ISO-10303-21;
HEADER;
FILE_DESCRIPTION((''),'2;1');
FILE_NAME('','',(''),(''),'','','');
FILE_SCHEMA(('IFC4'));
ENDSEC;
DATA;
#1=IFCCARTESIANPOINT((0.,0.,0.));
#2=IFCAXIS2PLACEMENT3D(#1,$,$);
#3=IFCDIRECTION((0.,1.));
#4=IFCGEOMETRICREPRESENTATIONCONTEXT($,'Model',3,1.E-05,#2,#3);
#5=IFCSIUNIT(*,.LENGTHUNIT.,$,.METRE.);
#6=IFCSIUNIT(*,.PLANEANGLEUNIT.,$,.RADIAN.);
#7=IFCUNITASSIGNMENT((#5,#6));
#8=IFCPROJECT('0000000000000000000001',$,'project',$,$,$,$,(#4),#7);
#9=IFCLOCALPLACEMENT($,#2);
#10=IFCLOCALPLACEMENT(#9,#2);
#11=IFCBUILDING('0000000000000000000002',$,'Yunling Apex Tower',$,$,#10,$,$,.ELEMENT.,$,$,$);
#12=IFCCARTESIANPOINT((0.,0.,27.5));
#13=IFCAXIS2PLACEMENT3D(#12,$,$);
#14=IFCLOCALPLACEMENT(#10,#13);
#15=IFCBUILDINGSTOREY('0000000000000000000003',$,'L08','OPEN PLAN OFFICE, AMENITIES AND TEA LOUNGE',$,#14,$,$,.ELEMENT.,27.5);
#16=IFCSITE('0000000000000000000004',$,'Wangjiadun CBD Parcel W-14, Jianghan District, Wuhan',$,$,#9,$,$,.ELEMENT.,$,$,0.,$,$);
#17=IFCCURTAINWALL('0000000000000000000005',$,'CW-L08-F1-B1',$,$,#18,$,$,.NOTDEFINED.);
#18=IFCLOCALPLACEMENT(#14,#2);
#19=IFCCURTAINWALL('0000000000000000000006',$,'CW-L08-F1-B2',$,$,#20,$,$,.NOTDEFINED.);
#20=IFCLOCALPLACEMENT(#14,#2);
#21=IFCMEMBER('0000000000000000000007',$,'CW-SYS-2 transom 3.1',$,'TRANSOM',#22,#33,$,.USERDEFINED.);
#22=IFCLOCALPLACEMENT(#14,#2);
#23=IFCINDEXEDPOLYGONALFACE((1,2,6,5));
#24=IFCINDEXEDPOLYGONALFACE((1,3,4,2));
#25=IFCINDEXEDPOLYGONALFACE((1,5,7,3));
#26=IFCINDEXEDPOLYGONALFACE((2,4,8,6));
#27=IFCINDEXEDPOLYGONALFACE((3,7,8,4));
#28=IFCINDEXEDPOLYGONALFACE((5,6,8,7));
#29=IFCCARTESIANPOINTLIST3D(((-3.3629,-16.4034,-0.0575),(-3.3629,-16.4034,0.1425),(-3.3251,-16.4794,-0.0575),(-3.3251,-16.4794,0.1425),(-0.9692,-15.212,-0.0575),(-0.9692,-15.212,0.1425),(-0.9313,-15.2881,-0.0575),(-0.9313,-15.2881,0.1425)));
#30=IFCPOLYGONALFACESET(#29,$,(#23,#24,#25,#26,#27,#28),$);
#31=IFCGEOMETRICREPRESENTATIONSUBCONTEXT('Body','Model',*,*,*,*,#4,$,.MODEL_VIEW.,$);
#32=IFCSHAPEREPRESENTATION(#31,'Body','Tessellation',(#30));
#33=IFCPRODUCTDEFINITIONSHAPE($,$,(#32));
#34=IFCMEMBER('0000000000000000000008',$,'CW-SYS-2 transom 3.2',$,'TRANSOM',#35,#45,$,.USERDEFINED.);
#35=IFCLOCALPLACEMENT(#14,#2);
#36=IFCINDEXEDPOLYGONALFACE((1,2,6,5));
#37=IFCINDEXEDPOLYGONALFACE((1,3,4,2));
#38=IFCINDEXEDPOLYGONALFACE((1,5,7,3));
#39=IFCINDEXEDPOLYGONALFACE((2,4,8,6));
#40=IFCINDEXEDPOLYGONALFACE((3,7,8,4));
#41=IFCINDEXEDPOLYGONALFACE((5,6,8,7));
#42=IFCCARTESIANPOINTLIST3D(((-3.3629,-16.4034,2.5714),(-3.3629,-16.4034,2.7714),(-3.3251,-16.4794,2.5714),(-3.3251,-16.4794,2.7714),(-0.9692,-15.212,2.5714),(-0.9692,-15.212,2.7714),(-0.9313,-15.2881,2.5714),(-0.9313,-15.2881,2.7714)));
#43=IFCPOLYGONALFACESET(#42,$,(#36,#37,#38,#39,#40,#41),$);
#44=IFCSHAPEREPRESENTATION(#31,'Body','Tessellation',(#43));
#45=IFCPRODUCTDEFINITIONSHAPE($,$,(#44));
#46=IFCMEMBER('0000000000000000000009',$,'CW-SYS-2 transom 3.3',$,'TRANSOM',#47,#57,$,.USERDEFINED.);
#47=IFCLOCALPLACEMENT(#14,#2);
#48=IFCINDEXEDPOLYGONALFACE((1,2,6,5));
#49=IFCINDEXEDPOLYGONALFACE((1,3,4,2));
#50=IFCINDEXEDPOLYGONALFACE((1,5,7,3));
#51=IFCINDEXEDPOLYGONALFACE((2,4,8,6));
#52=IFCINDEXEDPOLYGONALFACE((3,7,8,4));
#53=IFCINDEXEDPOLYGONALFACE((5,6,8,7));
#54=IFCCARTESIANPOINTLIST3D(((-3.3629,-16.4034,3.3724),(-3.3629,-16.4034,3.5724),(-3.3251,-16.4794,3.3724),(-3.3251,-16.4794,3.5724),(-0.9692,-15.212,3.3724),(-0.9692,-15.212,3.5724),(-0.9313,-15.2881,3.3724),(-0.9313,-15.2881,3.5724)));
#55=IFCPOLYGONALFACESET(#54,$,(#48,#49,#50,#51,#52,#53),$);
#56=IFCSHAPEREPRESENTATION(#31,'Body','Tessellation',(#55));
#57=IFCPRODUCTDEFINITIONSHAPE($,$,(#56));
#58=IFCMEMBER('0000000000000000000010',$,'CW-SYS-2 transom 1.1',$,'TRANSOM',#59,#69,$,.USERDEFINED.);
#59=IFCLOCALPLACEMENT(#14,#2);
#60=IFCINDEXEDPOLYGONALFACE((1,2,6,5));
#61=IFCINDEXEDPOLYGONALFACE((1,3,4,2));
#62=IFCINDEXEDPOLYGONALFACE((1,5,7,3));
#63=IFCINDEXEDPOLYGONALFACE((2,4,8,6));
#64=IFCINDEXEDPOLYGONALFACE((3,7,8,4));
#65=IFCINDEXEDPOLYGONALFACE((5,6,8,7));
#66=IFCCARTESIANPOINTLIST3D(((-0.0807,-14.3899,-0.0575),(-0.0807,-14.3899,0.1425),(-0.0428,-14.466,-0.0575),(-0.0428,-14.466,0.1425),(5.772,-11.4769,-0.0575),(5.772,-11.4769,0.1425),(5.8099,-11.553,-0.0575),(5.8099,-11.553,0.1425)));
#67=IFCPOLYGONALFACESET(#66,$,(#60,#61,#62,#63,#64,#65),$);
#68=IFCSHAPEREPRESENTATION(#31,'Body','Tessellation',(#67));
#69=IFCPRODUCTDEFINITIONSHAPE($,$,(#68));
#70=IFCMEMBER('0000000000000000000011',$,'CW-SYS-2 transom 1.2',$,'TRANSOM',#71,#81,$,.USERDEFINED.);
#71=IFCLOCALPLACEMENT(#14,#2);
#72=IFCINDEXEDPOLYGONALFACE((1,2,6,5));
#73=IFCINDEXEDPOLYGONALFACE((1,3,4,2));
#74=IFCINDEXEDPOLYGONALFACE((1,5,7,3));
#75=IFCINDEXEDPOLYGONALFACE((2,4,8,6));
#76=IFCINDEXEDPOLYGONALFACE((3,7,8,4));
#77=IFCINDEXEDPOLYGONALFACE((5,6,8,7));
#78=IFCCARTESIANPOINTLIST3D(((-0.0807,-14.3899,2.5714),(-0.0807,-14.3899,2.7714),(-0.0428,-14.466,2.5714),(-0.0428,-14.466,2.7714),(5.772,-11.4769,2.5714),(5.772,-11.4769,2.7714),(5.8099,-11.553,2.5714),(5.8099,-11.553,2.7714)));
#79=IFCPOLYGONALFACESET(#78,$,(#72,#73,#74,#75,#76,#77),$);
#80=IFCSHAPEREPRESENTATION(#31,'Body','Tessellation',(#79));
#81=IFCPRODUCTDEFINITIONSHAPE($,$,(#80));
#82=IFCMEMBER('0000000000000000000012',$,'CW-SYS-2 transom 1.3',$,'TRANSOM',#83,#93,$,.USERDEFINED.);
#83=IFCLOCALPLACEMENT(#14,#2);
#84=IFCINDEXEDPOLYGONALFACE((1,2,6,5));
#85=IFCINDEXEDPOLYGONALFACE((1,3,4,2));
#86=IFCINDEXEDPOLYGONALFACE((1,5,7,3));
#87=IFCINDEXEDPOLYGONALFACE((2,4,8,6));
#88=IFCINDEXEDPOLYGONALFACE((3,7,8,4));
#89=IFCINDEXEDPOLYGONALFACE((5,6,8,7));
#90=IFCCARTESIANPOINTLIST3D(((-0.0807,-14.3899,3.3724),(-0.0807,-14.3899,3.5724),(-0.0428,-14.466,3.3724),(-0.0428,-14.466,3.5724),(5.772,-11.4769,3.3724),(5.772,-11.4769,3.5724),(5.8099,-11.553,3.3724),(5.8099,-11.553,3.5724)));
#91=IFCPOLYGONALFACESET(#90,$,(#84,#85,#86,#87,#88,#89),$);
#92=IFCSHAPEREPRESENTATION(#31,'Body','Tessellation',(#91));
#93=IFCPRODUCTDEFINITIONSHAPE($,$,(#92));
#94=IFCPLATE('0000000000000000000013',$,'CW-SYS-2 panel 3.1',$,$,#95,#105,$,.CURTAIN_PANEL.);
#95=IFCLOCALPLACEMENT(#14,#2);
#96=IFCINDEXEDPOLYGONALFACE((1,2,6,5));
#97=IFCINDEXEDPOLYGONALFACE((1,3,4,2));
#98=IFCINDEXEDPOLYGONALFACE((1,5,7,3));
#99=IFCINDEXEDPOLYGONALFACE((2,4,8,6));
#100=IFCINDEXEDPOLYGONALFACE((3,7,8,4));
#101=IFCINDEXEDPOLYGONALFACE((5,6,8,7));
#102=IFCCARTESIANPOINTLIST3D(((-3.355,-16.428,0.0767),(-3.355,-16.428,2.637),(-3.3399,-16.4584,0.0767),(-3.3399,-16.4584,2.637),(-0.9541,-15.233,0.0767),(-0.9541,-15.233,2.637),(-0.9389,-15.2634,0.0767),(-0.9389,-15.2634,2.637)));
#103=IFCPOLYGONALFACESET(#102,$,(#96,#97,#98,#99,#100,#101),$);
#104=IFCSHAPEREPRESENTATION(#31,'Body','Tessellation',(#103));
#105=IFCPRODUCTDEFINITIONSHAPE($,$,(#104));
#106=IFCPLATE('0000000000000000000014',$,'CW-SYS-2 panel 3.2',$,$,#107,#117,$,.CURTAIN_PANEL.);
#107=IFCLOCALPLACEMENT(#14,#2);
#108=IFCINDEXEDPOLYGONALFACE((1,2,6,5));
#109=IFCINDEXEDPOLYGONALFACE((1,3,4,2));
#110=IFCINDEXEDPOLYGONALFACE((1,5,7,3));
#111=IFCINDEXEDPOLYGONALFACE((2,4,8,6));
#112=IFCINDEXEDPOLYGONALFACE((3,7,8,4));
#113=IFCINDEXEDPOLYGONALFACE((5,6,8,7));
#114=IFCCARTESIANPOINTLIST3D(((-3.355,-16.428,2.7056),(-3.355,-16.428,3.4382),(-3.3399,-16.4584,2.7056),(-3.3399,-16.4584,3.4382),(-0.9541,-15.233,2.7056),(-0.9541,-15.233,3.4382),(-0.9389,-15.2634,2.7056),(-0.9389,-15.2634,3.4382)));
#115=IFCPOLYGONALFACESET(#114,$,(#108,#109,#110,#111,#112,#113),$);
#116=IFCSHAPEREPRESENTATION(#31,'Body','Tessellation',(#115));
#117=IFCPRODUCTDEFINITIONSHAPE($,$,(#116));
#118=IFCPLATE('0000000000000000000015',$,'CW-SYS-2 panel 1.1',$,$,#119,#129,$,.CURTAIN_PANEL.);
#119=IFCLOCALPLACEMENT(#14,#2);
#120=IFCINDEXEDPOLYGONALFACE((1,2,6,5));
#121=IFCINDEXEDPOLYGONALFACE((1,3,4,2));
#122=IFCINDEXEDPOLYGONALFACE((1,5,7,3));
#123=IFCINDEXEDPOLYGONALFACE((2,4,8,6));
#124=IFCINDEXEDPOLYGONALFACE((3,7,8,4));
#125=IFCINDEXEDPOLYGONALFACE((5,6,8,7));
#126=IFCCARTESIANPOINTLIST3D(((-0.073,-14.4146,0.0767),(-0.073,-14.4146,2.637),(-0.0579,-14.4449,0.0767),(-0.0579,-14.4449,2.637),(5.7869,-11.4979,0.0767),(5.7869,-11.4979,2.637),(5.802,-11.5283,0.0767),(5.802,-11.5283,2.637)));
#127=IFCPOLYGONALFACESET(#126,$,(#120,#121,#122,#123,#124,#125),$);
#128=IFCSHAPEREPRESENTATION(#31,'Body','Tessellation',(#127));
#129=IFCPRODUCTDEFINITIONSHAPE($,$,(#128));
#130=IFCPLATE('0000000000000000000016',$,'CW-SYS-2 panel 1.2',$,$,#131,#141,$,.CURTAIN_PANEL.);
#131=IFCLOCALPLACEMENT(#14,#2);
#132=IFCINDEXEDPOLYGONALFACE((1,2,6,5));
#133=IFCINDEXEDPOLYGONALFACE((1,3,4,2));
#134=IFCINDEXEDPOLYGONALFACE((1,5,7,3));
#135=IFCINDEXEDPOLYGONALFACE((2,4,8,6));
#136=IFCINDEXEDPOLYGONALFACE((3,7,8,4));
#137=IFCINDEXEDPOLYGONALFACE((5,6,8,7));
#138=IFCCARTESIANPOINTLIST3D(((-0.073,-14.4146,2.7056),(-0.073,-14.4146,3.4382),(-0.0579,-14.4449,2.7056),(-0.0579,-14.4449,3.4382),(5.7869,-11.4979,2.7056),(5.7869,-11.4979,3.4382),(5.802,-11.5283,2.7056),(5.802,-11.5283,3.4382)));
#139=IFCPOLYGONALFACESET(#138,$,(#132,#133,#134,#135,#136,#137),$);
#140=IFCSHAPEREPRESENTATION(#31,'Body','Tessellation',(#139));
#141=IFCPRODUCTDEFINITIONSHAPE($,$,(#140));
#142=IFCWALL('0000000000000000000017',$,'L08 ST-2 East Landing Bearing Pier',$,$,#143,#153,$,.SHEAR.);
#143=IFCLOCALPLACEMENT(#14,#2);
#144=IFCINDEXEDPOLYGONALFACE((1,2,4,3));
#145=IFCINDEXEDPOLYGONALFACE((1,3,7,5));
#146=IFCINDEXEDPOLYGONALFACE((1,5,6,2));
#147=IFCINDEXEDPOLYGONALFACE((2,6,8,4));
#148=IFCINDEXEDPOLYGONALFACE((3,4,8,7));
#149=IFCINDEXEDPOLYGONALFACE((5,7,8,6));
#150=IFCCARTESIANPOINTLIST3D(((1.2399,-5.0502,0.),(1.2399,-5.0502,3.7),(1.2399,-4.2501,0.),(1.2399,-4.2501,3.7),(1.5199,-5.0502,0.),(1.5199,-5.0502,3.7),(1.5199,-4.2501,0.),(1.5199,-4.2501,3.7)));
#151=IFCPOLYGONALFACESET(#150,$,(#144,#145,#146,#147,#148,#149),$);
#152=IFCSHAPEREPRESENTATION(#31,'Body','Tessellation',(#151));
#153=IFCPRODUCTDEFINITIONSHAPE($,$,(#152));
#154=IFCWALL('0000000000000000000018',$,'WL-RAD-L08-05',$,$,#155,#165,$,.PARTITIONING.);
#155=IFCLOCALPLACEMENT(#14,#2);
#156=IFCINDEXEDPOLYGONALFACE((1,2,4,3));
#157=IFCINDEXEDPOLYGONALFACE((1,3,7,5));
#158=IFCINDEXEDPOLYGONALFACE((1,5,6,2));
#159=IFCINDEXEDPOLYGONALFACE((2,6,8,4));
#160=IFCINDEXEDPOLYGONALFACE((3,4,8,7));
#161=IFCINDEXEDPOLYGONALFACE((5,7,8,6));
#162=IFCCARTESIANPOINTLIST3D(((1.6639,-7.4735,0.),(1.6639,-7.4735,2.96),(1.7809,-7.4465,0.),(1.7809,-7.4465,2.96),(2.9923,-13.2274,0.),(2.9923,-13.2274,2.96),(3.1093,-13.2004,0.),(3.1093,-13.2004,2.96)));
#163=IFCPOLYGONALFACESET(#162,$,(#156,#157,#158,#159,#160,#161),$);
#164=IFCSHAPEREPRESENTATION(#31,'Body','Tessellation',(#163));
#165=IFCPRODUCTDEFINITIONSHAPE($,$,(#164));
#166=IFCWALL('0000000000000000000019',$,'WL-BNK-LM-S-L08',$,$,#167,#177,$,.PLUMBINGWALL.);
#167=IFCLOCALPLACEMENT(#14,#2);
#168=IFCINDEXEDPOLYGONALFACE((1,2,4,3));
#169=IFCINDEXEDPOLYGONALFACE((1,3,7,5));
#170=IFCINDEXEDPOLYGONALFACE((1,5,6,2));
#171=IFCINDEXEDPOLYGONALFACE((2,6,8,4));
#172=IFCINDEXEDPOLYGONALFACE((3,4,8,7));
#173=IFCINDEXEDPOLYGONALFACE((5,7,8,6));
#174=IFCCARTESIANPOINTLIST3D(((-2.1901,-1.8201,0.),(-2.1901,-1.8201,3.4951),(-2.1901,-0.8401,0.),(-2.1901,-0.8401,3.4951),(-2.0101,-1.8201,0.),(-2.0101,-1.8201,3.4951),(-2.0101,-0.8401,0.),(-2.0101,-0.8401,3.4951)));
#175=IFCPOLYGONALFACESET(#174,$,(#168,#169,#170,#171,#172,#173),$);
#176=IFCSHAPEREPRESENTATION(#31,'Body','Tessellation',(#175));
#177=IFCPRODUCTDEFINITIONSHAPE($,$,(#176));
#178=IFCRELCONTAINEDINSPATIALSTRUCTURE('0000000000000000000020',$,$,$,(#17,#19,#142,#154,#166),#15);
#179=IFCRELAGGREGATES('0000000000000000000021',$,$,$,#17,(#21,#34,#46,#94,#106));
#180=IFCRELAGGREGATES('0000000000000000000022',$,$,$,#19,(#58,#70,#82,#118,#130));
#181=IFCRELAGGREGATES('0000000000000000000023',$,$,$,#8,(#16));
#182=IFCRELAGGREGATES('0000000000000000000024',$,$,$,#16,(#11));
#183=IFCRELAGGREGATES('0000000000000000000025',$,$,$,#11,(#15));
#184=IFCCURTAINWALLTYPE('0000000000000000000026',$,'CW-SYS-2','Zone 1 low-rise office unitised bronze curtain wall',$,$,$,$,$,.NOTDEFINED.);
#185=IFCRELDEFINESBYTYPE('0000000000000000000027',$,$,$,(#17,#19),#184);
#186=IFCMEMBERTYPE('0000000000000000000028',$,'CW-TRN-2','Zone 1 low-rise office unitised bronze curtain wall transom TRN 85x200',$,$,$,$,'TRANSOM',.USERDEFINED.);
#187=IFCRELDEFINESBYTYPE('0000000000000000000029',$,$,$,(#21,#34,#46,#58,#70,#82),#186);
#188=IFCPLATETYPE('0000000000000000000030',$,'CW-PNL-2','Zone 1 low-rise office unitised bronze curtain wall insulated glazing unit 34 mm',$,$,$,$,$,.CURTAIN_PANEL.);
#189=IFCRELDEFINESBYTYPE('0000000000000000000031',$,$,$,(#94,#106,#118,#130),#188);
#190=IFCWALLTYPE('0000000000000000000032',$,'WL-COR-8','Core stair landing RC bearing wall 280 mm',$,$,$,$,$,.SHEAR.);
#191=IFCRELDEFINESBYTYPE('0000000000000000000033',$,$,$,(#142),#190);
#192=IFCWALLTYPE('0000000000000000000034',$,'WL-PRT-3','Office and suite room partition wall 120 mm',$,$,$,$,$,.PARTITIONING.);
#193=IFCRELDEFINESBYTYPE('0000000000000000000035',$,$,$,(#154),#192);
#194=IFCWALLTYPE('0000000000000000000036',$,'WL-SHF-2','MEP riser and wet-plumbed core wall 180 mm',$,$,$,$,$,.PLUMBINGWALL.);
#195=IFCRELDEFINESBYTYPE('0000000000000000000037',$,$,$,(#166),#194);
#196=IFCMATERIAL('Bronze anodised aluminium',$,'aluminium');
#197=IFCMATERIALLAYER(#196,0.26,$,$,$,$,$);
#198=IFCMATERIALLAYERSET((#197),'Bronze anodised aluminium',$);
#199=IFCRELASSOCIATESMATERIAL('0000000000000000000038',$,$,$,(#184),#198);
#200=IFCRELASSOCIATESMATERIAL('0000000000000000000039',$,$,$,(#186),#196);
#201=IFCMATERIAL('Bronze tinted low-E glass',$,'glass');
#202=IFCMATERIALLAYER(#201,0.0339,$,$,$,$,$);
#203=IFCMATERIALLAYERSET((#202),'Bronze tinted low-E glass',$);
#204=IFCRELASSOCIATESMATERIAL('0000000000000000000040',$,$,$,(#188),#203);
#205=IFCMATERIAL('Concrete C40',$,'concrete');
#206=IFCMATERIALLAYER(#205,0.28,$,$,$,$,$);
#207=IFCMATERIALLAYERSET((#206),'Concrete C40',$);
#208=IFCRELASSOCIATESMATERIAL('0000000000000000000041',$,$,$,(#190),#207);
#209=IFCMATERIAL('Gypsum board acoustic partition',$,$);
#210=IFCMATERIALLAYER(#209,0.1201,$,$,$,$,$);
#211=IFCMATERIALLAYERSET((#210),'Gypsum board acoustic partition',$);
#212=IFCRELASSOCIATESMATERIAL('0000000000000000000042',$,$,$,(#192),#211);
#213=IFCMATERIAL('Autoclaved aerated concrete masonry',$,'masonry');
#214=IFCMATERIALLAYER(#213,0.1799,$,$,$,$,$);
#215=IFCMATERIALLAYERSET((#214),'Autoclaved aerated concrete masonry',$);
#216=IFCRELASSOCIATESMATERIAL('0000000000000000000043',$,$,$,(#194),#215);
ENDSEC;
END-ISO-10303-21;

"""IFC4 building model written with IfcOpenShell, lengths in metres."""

from ifc_helpers import new_model, si_unit, direction, frame, frame_2d, origin, origin_2d, place, context, subcontext, project, spatial, rectangle, extrude, source, transform, mapped, material, layer, layer_set, material_profile, profile_set, type_object, element, aggregate, save


model = new_model("IFC4")

# Units and contexts
model_context = context("Model", 3, precision=1e-05, world=origin(), true_north=direction((0.0, 1.0)))
body_context = subcontext(model_context, "Body", "Model", "MODEL_VIEW")
ifc_project = project(units=[si_unit("LENGTHUNIT", "METRE"), si_unit("PLANEANGLEUNIT", "RADIAN")], contexts=[model_context])

# Site, building, storey
site_placement = place(None, origin())
site = spatial("IfcSite", under=ifc_project, at=site_placement, Name="Wangjiadun CBD Parcel W-14, Jianghan District, Wuhan", CompositionType="ELEMENT", RefElevation=0.0)
building_placement = place(site_placement, origin())
building = spatial("IfcBuilding", under=site, at=building_placement, Name="Yunling Apex Tower", CompositionType="ELEMENT")
storey_placement = place(building_placement, frame((0.0, 0.0, 27.5)))
storey = spatial("IfcBuildingStorey", under=building, at=storey_placement, Name="L08", Description="OPEN PLAN OFFICE, AMENITIES AND TEA LOUNGE", CompositionType="ELEMENT", Elevation=27.5)

# Curtain walls
ifc_material_1 = material(Name="Bronze anodised aluminium", Category="aluminium")
ifc_layer_1 = layer(ifc_material_1, 0.26)
ifc_layer_set_1 = layer_set([ifc_layer_1], Name="Bronze anodised aluminium")
curtain_wall_type = type_object("IfcCurtainWallType", Name="CW-SYS-2", Description="Zone 1 low-rise office unitised bronze curtain wall", PredefinedType="NOTDEFINED", material=ifc_layer_set_1)
curtain_wall_1_placement = place(storey_placement, origin())
curtain_wall_1 = element("IfcCurtainWall", 1, at=curtain_wall_1_placement, inside=storey, type_object=curtain_wall_type, Name="CW-L08-F1-B1", PredefinedType="NOTDEFINED")
curtain_wall_2_placement = place(storey_placement, origin())
curtain_wall_2 = element("IfcCurtainWall", 2, at=curtain_wall_2_placement, inside=storey, type_object=curtain_wall_type, Name="CW-L08-F1-B2", PredefinedType="NOTDEFINED")

# Members
ifc_material_profile_1 = material_profile(ifc_material_1, rectangle(XDim=0.085, YDim=0.2, at=origin_2d()))
ifc_profile_set_1 = profile_set([ifc_material_profile_1], Name="Bronze anodised aluminium")
member_type_1 = type_object("IfcMemberType", Name="CW-TRN-2", Description="Zone 1 low-rise office unitised bronze curtain wall transom TRN 85x200", ElementType="TRANSOM", PredefinedType="USERDEFINED", material=ifc_profile_set_1)
shared_shape_1 = source(origin(), body_context, "Body", "SweptSolid", [
    extrude(rectangle(XDim=0.085, YDim=0.2, at=origin_2d()), origin(), (0.0, 0.0, 1.0), 2.6738),
])
member_1_placement = place(storey_placement, frame((-3.344, -16.4414, 0.0425), z_axis=(0.895247, 0.445569, 0.0), x_axis=(-0.445569, 0.895247, 0.0)))
member_1 = element("IfcMember", 3, at=member_1_placement, type_object=member_type_1, Name="CW-SYS-2 transom 3.1", ObjectType="TRANSOM", PredefinedType="USERDEFINED", context=body_context, shape_type="MappedRepresentation", body=[
    mapped(shared_shape_1, transform((0.0, 0.0, 0.0), scale=1.0)),
])
member_2_placement = place(storey_placement, frame((-3.344, -16.4414, 2.6714), z_axis=(0.895247, 0.445569, 0.0), x_axis=(-0.445569, 0.895247, 0.0)))
member_2 = element("IfcMember", 4, at=member_2_placement, type_object=member_type_1, Name="CW-SYS-2 transom 3.2", ObjectType="TRANSOM", PredefinedType="USERDEFINED", context=body_context, shape_type="MappedRepresentation", body=[
    mapped(shared_shape_1, transform((0.0, 0.0, 0.0), scale=1.0)),
])
member_3_placement = place(storey_placement, frame((-3.344, -16.4414, 3.4724), z_axis=(0.895247, 0.445569, 0.0), x_axis=(-0.445569, 0.895247, 0.0)))
member_3 = element("IfcMember", 5, at=member_3_placement, type_object=member_type_1, Name="CW-SYS-2 transom 3.3", ObjectType="TRANSOM", PredefinedType="USERDEFINED", context=body_context, shape_type="MappedRepresentation", body=[
    mapped(shared_shape_1, transform((0.0, 0.0, 0.0), scale=1.0)),
])
shared_shape_2 = source(origin(), body_context, "Body", "SweptSolid", [
    extrude(rectangle(XDim=0.085, YDim=0.2, at=origin_2d()), origin(), (0.0, 0.0, 1.0), 6.5376),
])
member_4_placement = place(storey_placement, frame((-0.0618, -14.428, 0.0425), z_axis=(0.89524, 0.445585, 0.0), x_axis=(-0.445585, 0.89524, 0.0)))
member_4 = element("IfcMember", 6, at=member_4_placement, type_object=member_type_1, Name="CW-SYS-2 transom 1.1", ObjectType="TRANSOM", PredefinedType="USERDEFINED", context=body_context, shape_type="MappedRepresentation", body=[
    mapped(shared_shape_2, transform((0.0, 0.0, 0.0), scale=1.0)),
])
member_5_placement = place(storey_placement, frame((-0.0618, -14.428, 2.6714), z_axis=(0.89524, 0.445585, 0.0), x_axis=(-0.445585, 0.89524, 0.0)))
member_5 = element("IfcMember", 7, at=member_5_placement, type_object=member_type_1, Name="CW-SYS-2 transom 1.2", ObjectType="TRANSOM", PredefinedType="USERDEFINED", context=body_context, shape_type="MappedRepresentation", body=[
    mapped(shared_shape_2, transform((0.0, 0.0, 0.0), scale=1.0)),
])
member_6_placement = place(storey_placement, frame((-0.0618, -14.428, 3.4724), z_axis=(0.89524, 0.445585, 0.0), x_axis=(-0.445585, 0.89524, 0.0)))
member_6 = element("IfcMember", 8, at=member_6_placement, type_object=member_type_1, Name="CW-SYS-2 transom 1.3", ObjectType="TRANSOM", PredefinedType="USERDEFINED", context=body_context, shape_type="MappedRepresentation", body=[
    mapped(shared_shape_2, transform((0.0, 0.0, 0.0), scale=1.0)),
])

# Plates
ifc_material_2 = material(Name="Bronze tinted low-E glass", Category="glass")
ifc_layer_2 = layer(ifc_material_2, 0.0339)
ifc_layer_set_2 = layer_set([ifc_layer_2], Name="Bronze tinted low-E glass")
plate_type = type_object("IfcPlateType", Name="CW-PNL-2", Description="Zone 1 low-rise office unitised bronze curtain wall insulated glazing unit 34 mm", PredefinedType="CURTAIN_PANEL", material=ifc_layer_set_2)
shared_shape_3 = source(origin(), body_context, "Body", "SweptSolid", [
    extrude(rectangle(XDim=2.6819, YDim=0.0339, at=origin_2d()), origin(), (0.0, 0.0, 1.0), 2.5603),
])
plate_1_placement = place(storey_placement, frame((-2.147, -15.8457, 0.0767), z_axis=(0.0, 0.0, 1.0), x_axis=(0.895247, 0.445571, 0.0)))
plate_1 = element("IfcPlate", 9, at=plate_1_placement, type_object=plate_type, Name="CW-SYS-2 panel 3.1", PredefinedType="CURTAIN_PANEL", context=body_context, shape_type="MappedRepresentation", body=[
    mapped(shared_shape_3, transform((0.0, 0.0, 0.0), scale=1.0)),
])
shared_shape_4 = source(origin(), body_context, "Body", "SweptSolid", [
    extrude(rectangle(XDim=2.6819, YDim=0.0339, at=origin_2d()), origin(), (0.0, 0.0, 1.0), 0.7327),
])
plate_2_placement = place(storey_placement, frame((-2.147, -15.8457, 2.7056), z_axis=(0.0, 0.0, 1.0), x_axis=(0.895247, 0.445571, 0.0)))
plate_2 = element("IfcPlate", 10, at=plate_2_placement, type_object=plate_type, Name="CW-SYS-2 panel 3.2", PredefinedType="CURTAIN_PANEL", context=body_context, shape_type="MappedRepresentation", body=[
    mapped(shared_shape_4, transform((0.0, 0.0, 0.0), scale=1.0)),
])
aggregate(curtain_wall_1, [member_1, member_2, member_3, plate_1, plate_2])
shared_shape_5 = source(origin(), body_context, "Body", "SweptSolid", [
    extrude(rectangle(XDim=6.5457, YDim=0.0339, at=origin_2d()), origin(), (0.0, 0.0, 1.0), 2.5603),
])
plate_3_placement = place(storey_placement, frame((2.8645, -12.9714, 0.0767), z_axis=(0.0, 0.0, 1.0), x_axis=(0.895241, 0.445583, 0.0)))
plate_3 = element("IfcPlate", 11, at=plate_3_placement, type_object=plate_type, Name="CW-SYS-2 panel 1.1", PredefinedType="CURTAIN_PANEL", context=body_context, shape_type="MappedRepresentation", body=[
    mapped(shared_shape_5, transform((0.0, 0.0, 0.0), scale=1.0)),
])
shared_shape_6 = source(origin(), body_context, "Body", "SweptSolid", [
    extrude(rectangle(XDim=6.5457, YDim=0.0339, at=origin_2d()), origin(), (0.0, 0.0, 1.0), 0.7327),
])
plate_4_placement = place(storey_placement, frame((2.8645, -12.9714, 2.7056), z_axis=(0.0, 0.0, 1.0), x_axis=(0.895241, 0.445583, 0.0)))
plate_4 = element("IfcPlate", 12, at=plate_4_placement, type_object=plate_type, Name="CW-SYS-2 panel 1.2", PredefinedType="CURTAIN_PANEL", context=body_context, shape_type="MappedRepresentation", body=[
    mapped(shared_shape_6, transform((0.0, 0.0, 0.0), scale=1.0)),
])
aggregate(curtain_wall_2, [member_4, member_5, member_6, plate_3, plate_4])

# Walls
ifc_material_3 = material(Name="Concrete C40", Category="concrete")
ifc_layer_3 = layer(ifc_material_3, 0.28)
ifc_layer_set_3 = layer_set([ifc_layer_3], Name="Concrete C40")
wall_type_1 = type_object("IfcWallType", Name="WL-COR-8", Description="Core stair landing RC bearing wall 280 mm", PredefinedType="SHEAR", material=ifc_layer_set_3)
wall_1_placement = place(storey_placement, frame((1.3799, -5.05, 0.0), z_axis=(0.0, 0.0, 1.0), x_axis=(0.0, 1.0, 0.0)))
element("IfcWall", 13, at=wall_1_placement, inside=storey, type_object=wall_type_1, Name="L08 ST-2 East Landing Bearing Pier", PredefinedType="SHEAR", context=body_context, shape_type="SweptSolid", body=[
    extrude(rectangle(XDim=0.8, YDim=0.28, at=frame_2d((0.3999, 0.0))), origin(), (0.0, 0.0, 1.0), 3.7),
])
ifc_material_4 = material(Name="Gypsum board acoustic partition")
ifc_layer_4 = layer(ifc_material_4, 0.1201)
ifc_layer_set_4 = layer_set([ifc_layer_4], Name="Gypsum board acoustic partition")
wall_type_2 = type_object("IfcWallType", Name="WL-PRT-3", Description="Office and suite room partition wall 120 mm", PredefinedType="PARTITIONING", material=ifc_layer_set_4)
wall_2_placement = place(storey_placement, frame((1.7224, -7.46, 0.0), z_axis=(0.0, 0.0, 1.0), x_axis=(0.224947, -0.974371, 0.0)))
element("IfcWall", 14, at=wall_2_placement, inside=storey, type_object=wall_type_2, Name="WL-RAD-L08-05", PredefinedType="PARTITIONING", context=body_context, shape_type="SweptSolid", body=[
    extrude(rectangle(XDim=5.9053, YDim=0.1201, at=frame_2d((2.9526, 0.0))), origin(), (0.0, 0.0, 1.0), 2.96),
])

# Shared definitions
ifc_material_5 = material(Name="Autoclaved aerated concrete masonry", Category="masonry")

# Wall
ifc_layer_5 = layer(ifc_material_5, 0.1799)
ifc_layer_set_5 = layer_set([ifc_layer_5], Name="Autoclaved aerated concrete masonry")
wall_type_3 = type_object("IfcWallType", Name="WL-SHF-2", Description="MEP riser and wet-plumbed core wall 180 mm", PredefinedType="PLUMBINGWALL", material=ifc_layer_set_5)
for number, where, z_axis, x_axis, name in (
    (15, (-2.1001, -1.8201, 0.0), (0.0, 0.0, 1.0), (0.0, 1.0, 0.0), "WL-BNK-LM-S-L08"),
):
    element("IfcWall", number, at=place(storey_placement, frame(where, z_axis=z_axis, x_axis=x_axis)), inside=storey, type_object=wall_type_3, Name=name, PredefinedType="PLUMBINGWALL", context=body_context, shape_type="SweptSolid", body=[
        extrude(rectangle(XDim=0.98, YDim=0.1799, at=frame_2d((0.49, 0.0))), origin(), (0.0, 0.0, 1.0), 3.4951),
    ])

save(model, "model.ifc")
